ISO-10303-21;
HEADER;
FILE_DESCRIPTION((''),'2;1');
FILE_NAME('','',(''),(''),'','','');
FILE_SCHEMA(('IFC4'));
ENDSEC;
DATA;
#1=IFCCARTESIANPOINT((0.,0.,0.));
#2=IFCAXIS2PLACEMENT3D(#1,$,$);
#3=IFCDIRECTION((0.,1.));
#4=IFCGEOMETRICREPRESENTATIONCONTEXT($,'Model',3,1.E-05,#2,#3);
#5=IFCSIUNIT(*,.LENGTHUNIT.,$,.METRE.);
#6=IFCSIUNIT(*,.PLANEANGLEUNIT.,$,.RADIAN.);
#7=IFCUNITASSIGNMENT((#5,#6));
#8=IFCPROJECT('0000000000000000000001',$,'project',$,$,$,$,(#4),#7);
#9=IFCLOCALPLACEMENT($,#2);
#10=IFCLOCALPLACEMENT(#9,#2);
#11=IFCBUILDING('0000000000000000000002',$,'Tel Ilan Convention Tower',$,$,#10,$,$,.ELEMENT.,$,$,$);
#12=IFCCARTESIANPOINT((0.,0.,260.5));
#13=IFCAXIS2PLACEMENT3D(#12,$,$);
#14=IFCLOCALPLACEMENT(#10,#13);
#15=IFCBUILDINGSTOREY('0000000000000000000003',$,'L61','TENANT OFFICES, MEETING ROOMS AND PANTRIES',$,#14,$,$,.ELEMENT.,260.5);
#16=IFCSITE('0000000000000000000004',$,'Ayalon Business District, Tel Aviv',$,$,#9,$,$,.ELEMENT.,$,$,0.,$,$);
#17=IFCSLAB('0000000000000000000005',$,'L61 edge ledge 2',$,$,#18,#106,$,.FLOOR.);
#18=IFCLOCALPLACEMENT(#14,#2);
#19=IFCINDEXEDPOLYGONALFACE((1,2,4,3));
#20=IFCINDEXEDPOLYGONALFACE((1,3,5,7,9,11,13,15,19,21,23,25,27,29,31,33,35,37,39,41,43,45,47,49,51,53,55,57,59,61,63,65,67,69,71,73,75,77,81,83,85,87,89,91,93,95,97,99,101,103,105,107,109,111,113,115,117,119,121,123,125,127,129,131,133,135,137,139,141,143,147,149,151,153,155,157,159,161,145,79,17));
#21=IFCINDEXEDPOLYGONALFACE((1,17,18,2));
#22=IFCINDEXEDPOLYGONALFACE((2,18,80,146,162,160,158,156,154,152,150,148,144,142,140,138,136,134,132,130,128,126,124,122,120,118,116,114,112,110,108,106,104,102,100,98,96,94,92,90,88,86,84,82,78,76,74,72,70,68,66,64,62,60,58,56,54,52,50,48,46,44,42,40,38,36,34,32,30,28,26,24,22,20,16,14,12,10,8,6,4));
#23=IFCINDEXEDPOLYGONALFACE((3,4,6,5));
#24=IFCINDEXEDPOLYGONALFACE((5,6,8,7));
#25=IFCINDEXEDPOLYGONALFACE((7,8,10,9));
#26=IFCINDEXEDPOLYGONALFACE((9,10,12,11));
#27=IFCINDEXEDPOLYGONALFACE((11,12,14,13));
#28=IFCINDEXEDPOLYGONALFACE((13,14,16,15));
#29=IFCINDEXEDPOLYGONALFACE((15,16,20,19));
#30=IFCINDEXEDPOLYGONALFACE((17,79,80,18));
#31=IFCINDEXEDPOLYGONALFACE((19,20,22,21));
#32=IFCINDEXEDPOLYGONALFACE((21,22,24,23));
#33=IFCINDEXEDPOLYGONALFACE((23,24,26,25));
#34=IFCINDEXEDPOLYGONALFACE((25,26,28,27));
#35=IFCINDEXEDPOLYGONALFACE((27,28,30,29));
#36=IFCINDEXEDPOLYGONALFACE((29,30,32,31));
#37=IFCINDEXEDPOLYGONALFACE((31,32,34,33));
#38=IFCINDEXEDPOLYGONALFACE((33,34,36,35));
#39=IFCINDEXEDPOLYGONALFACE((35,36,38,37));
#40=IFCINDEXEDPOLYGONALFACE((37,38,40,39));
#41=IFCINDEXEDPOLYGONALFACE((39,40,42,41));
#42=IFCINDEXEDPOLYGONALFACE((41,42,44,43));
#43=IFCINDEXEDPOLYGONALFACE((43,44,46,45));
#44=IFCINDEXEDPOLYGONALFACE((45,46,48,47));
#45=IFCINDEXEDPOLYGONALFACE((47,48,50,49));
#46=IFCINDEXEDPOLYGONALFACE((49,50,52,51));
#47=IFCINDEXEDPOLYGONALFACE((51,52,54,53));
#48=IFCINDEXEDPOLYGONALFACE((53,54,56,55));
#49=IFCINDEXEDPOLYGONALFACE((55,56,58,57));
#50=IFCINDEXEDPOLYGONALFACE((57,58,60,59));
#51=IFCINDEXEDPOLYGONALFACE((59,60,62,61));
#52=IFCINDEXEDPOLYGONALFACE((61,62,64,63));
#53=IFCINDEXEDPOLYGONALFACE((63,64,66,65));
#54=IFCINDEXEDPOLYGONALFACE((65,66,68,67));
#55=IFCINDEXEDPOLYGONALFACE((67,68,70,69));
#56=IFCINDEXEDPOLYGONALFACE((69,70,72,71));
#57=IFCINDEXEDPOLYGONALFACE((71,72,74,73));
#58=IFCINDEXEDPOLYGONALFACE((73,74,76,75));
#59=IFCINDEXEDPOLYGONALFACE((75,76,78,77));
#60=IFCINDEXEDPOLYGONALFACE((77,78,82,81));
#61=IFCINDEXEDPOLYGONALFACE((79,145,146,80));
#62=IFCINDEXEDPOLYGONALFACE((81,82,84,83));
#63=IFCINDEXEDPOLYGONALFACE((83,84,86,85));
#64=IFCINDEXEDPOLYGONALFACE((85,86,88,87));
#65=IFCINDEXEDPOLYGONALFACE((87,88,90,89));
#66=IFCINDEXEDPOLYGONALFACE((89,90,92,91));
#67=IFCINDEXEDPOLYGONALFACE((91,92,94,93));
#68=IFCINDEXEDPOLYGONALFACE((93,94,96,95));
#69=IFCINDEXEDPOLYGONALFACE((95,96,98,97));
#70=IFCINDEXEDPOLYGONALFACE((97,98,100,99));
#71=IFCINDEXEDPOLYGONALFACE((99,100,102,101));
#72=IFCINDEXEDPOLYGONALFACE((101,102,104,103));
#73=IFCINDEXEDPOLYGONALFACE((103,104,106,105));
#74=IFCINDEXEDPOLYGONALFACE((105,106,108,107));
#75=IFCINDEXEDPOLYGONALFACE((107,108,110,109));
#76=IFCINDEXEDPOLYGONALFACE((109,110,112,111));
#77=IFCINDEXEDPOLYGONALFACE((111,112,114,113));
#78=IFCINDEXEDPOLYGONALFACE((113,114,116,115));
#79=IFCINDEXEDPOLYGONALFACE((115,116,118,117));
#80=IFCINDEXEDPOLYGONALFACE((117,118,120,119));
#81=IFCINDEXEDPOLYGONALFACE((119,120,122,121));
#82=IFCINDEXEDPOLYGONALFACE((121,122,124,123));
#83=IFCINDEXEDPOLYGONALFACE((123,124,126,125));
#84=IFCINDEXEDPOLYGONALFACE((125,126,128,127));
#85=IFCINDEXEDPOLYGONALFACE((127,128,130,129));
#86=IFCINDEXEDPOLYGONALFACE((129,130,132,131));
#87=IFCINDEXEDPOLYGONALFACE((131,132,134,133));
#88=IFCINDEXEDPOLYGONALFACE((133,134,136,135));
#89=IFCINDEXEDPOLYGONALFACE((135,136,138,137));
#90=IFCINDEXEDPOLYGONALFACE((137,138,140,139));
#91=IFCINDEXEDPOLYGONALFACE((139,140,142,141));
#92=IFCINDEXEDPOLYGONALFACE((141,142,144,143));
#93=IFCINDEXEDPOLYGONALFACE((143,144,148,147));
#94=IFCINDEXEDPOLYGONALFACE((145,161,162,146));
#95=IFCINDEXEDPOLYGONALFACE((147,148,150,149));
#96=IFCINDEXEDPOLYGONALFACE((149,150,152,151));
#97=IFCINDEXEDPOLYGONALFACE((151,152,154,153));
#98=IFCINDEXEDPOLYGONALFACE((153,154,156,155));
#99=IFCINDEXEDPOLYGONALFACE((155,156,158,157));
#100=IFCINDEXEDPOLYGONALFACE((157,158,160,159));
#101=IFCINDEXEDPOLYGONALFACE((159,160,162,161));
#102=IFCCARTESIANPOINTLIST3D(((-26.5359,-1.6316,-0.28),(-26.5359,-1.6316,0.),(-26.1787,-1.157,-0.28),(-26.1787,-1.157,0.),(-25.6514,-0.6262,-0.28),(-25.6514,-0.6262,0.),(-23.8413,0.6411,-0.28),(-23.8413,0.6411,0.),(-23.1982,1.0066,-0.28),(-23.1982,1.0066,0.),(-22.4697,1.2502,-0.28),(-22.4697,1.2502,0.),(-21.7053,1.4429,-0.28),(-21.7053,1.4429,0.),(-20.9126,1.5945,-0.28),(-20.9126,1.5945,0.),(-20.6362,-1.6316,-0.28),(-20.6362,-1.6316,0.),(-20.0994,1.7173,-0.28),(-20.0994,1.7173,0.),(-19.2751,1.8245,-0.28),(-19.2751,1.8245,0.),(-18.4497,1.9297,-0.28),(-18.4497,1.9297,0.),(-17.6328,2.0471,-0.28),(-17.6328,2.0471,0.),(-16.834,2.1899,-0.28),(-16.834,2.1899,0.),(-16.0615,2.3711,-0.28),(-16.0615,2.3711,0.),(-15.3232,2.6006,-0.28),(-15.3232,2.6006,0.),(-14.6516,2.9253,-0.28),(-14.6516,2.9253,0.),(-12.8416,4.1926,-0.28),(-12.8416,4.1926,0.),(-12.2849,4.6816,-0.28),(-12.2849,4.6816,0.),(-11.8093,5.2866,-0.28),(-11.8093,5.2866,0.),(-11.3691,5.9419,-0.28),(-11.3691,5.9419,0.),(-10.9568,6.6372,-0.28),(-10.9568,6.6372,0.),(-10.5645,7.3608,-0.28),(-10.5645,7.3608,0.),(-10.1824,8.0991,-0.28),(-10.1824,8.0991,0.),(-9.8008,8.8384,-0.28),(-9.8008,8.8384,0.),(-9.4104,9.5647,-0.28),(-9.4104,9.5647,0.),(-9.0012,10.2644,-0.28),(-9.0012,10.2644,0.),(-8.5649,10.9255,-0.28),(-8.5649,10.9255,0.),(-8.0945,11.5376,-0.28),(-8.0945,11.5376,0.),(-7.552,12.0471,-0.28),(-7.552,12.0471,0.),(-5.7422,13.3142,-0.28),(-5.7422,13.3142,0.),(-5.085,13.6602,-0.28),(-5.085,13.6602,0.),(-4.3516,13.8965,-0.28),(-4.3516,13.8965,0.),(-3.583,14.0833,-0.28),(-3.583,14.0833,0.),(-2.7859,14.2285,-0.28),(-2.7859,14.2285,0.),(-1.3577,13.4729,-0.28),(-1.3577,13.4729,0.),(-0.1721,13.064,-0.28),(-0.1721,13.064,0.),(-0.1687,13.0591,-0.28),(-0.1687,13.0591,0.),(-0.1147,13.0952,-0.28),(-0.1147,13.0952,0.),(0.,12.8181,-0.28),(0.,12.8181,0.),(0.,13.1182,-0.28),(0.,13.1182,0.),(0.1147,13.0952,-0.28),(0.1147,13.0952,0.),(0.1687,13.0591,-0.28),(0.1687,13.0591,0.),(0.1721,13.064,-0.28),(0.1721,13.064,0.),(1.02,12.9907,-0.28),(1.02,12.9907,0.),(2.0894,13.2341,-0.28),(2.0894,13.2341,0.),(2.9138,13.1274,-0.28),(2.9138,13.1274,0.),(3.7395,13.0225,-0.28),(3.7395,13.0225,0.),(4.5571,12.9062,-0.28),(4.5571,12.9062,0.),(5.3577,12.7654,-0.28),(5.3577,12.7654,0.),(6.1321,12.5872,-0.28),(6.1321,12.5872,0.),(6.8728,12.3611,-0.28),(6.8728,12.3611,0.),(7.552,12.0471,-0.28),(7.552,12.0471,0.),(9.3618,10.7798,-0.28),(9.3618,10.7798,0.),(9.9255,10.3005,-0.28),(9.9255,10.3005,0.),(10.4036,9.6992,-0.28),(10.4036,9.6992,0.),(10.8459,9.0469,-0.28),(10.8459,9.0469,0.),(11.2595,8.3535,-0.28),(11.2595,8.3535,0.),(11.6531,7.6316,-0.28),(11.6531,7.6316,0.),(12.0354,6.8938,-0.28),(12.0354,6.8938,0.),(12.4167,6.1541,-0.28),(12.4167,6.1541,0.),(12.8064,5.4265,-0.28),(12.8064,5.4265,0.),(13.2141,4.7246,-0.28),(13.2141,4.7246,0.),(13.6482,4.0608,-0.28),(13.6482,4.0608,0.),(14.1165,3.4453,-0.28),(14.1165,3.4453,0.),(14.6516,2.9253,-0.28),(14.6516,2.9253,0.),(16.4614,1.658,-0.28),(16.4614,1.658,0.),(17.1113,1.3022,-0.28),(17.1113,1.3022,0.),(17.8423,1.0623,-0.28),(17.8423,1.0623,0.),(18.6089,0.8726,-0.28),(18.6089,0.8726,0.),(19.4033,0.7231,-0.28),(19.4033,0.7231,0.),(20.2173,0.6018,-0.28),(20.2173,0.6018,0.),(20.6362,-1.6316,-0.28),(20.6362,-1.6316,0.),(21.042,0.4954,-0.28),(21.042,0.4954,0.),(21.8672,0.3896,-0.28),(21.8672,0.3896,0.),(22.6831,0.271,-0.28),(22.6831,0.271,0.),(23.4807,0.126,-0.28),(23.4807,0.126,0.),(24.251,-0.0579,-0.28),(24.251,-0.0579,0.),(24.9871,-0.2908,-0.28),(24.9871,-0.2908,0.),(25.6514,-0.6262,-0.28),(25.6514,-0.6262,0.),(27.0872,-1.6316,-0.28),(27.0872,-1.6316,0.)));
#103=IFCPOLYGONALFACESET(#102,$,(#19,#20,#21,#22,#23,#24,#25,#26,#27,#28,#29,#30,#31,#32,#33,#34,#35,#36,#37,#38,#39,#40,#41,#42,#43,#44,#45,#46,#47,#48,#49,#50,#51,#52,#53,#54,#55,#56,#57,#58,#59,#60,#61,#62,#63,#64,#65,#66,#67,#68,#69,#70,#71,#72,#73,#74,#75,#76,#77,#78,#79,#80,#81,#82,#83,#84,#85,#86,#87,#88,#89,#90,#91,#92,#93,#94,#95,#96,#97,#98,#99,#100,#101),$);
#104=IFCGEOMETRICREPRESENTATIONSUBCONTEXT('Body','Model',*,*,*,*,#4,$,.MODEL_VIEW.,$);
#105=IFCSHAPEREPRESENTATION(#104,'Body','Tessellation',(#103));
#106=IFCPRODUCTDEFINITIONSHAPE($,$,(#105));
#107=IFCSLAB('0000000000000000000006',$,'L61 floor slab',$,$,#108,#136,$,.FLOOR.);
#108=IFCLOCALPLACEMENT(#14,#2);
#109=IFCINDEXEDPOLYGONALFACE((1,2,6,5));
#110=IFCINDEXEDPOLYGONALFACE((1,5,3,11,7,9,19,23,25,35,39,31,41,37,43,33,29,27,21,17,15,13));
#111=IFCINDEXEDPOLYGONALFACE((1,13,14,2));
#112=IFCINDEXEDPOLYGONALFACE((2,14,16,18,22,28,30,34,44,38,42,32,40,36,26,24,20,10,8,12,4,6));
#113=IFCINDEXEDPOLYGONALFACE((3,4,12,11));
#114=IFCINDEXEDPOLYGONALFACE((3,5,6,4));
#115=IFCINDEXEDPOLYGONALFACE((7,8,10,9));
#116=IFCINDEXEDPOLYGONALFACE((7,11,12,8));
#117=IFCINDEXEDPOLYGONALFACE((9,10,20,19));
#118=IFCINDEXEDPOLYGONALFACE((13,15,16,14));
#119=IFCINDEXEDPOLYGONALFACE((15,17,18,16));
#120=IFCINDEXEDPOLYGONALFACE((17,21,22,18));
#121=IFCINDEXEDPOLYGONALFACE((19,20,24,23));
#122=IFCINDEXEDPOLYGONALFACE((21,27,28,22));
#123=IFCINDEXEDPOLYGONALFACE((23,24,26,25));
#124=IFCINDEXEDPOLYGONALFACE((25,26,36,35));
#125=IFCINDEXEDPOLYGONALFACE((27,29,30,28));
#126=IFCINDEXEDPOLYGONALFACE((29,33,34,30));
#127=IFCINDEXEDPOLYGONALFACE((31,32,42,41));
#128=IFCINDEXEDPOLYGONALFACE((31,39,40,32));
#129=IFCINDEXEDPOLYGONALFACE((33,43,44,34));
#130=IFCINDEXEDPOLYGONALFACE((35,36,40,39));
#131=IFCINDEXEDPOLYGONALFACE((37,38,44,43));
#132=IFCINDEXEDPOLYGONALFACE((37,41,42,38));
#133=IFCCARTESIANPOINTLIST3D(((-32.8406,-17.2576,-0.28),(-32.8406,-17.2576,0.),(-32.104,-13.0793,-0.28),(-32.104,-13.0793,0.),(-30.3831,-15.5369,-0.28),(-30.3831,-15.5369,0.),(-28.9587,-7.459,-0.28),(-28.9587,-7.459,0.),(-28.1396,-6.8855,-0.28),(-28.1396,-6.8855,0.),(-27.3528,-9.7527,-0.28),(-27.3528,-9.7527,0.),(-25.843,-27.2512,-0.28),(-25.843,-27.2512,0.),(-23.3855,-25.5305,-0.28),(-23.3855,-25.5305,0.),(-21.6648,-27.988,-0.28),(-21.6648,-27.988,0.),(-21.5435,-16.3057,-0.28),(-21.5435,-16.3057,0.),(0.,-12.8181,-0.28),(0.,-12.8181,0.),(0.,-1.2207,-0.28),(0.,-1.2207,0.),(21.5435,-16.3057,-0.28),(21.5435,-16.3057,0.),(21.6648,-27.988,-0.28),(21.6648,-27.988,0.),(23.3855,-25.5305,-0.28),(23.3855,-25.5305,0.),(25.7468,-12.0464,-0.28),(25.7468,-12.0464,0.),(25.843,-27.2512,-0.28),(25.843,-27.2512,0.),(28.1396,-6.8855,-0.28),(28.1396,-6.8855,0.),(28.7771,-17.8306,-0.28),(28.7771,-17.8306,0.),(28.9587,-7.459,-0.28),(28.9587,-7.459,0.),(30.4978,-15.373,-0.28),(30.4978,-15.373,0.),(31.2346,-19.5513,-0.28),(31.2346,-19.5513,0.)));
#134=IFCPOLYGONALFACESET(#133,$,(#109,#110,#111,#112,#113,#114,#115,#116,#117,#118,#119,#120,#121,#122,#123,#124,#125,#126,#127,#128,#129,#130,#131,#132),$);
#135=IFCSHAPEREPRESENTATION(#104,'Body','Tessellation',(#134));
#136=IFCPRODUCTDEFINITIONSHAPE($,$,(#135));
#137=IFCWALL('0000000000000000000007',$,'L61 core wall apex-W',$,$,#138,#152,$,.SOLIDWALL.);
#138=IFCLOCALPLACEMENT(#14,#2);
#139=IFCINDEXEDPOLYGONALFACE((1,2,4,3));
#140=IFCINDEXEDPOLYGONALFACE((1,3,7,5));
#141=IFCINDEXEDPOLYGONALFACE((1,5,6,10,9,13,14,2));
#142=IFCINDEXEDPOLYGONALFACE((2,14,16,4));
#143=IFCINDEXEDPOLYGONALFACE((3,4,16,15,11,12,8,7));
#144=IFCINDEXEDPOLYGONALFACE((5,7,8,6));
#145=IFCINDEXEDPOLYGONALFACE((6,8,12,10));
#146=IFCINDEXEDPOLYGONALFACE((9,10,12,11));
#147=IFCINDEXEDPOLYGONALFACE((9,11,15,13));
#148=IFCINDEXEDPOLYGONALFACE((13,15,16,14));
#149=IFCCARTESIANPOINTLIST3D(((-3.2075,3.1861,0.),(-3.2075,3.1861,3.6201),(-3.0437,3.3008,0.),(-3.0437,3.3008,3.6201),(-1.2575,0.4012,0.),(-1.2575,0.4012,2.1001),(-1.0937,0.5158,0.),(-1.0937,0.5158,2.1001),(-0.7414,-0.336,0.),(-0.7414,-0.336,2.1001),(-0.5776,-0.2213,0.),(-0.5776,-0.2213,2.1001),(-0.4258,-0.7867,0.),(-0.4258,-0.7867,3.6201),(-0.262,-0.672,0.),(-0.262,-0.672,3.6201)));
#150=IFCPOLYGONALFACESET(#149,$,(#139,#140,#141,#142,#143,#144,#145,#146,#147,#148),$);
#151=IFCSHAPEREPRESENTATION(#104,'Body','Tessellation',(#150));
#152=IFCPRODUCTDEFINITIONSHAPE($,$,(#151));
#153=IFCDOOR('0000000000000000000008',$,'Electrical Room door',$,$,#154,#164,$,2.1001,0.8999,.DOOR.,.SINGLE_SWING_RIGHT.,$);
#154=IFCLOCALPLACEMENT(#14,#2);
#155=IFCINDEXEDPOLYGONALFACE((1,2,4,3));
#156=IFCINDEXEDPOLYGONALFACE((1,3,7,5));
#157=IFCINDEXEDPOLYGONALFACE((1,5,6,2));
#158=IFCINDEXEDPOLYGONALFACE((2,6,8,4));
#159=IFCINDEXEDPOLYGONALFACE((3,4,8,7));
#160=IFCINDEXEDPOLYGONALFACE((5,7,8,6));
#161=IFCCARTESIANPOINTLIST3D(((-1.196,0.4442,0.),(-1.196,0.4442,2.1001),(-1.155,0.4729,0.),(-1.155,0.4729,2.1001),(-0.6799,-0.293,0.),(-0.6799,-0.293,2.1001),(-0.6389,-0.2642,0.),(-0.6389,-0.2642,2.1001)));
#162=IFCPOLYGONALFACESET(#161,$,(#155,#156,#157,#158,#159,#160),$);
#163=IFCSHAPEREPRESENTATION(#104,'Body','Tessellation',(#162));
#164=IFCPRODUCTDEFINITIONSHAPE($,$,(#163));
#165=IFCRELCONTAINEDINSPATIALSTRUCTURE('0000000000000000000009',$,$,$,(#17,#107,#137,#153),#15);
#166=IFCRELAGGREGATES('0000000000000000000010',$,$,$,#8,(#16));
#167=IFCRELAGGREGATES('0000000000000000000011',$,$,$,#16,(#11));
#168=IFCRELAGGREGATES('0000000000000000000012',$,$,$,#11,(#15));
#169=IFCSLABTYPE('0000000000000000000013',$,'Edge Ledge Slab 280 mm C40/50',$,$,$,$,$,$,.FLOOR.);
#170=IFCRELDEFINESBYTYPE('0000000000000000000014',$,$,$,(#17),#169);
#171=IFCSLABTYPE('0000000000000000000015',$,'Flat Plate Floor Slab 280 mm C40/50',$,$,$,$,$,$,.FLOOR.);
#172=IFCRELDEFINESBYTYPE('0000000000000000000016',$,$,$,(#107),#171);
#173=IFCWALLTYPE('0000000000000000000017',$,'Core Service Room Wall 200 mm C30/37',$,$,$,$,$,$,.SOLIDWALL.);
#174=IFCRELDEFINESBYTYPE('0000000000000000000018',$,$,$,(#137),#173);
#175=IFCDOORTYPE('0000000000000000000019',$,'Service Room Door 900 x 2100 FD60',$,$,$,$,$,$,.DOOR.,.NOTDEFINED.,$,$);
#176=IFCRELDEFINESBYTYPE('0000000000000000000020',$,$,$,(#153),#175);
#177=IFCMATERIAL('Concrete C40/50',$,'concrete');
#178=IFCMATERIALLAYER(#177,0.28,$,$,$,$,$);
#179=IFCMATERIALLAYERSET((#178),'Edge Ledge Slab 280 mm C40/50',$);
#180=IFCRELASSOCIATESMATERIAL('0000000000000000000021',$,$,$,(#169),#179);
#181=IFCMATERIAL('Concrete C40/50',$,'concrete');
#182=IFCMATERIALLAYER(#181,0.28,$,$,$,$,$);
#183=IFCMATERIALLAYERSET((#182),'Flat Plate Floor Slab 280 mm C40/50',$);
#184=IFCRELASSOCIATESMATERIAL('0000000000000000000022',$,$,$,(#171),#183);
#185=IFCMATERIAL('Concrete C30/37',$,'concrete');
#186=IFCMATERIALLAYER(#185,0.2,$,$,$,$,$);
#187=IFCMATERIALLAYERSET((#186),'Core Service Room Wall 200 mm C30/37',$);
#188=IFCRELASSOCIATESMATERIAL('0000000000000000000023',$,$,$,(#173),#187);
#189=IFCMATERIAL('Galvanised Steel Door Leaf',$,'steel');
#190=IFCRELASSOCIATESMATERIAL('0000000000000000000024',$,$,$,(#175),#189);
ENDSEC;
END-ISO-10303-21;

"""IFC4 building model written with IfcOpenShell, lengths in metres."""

from ifc_helpers import new_model, si_unit, direction, frame, frame_2d, origin, place, context, subcontext, project, spatial, polyline, rectangle, outline, extrude, material, layer, layer_set, type_object, element, fill, save


model = new_model("IFC4")

# Units and contexts
model_context = context("Model", 3, precision=1e-05, world=origin(), true_north=direction((0.0, 1.0)))
body_context = subcontext(model_context, "Body", "Model", "MODEL_VIEW")
ifc_project = project(units=[si_unit("LENGTHUNIT", "METRE"), si_unit("PLANEANGLEUNIT", "RADIAN")], contexts=[model_context])

# Site, building, storey
site_placement = place(None, origin())
site = spatial("IfcSite", under=ifc_project, at=site_placement, Name="Ayalon Business District, Tel Aviv", CompositionType="ELEMENT", RefElevation=0.0)
building_placement = place(site_placement, origin())
building = spatial("IfcBuilding", under=site, at=building_placement, Name="Tel Ilan Convention Tower", CompositionType="ELEMENT")
storey_placement = place(building_placement, frame((0.0, 0.0, 260.5)))
storey = spatial("IfcBuildingStorey", under=building, at=storey_placement, Name="L61", Description="TENANT OFFICES, MEETING ROOMS AND PANTRIES", CompositionType="ELEMENT", Elevation=260.5)

# Slabs
ifc_material_1 = material(Name="Concrete C40/50", Category="concrete")
ifc_layer_1 = layer(ifc_material_1, 0.28)
ifc_layer_set_1 = layer_set([ifc_layer_1], Name="Edge Ledge Slab 280 mm C40/50")
slab_type_1 = type_object("IfcSlabType", Name="Edge Ledge Slab 280 mm C40/50", PredefinedType="FLOOR", material=ifc_layer_set_1)
slab_1_placement = place(storey_placement, frame((0.0, 0.0, -0.28)))
element("IfcSlab", 1, at=slab_1_placement, inside=storey, type_object=slab_type_1, Name="L61 edge ledge 2", PredefinedType="FLOOR", context=body_context, shape_type="SweptSolid", body=[
    extrude(outline(polyline([(-23.1982, 1.0066), (-22.4697, 1.2502), (-21.7053, 1.4429), (-20.9126, 1.5945), (-20.0994, 1.7173), (-19.2751, 1.8245), (-18.4497, 1.9297), (-17.6328, 2.0471), (-16.834, 2.1899), (-16.0615, 2.3711), (-15.3232, 2.6006), (-14.6516, 2.9253), (-12.8416, 4.1926), (-12.2849, 4.6816), (-11.8093, 5.2866), (-11.3691, 5.9419), (-10.9568, 6.6372), (-10.5645, 7.3608), (-10.1824, 8.0991), (-9.8008, 8.8384), (-9.4104, 9.5647), (-9.0012, 10.2644), (-8.5649, 10.9255), (-8.0945, 11.5376), (-7.552, 12.0471), (-5.7422, 13.3142), (-5.085, 13.6602), (-4.3516, 13.8965), (-3.583, 14.0833), (-2.7859, 14.2285), (-1.3577, 13.4729), (-0.1721, 13.064), (-0.1687, 13.0591), (-0.1147, 13.0952), (0.0, 13.1182), (0.1147, 13.0952), (0.1687, 13.0591), (0.1721, 13.064), (1.02, 12.9907), (2.0894, 13.2341), (2.9138, 13.1274), (3.7395, 13.0225), (4.5571, 12.9062), (5.3577, 12.7654), (6.1321, 12.5872), (6.8728, 12.3611), (7.552, 12.0471), (9.3618, 10.7798), (9.9255, 10.3005), (10.4036, 9.6992), (10.8459, 9.0469), (11.2595, 8.3535), (11.6531, 7.6316), (12.0354, 6.8938), (12.4167, 6.1541), (12.8064, 5.4265), (13.2141, 4.7246), (13.6482, 4.0608), (14.1165, 3.4453), (14.6516, 2.9253), (16.4614, 1.658), (17.1113, 1.3022), (17.8423, 1.0623), (18.6089, 0.8726), (19.4033, 0.7231), (20.2173, 0.6018), (21.042, 0.4954), (21.8672, 0.3896), (22.6831, 0.271), (23.4807, 0.126), (24.251, -0.0579), (24.9871, -0.2908), (25.6514, -0.6262), (27.0872, -1.6316), (20.6362, -1.6316), (0.0, 12.8181), (-20.6362, -1.6316), (-26.5359, -1.6316), (-26.1787, -1.157), (-25.6514, -0.6262), (-23.8413, 0.6411), (-23.1982, 1.0066)])), origin(), (0.0, 0.0, 1.0), 0.28),
])
ifc_material_2 = material(Name="Concrete C40/50", Category="concrete")
ifc_layer_2 = layer(ifc_material_2, 0.28)
ifc_layer_set_2 = layer_set([ifc_layer_2], Name="Flat Plate Floor Slab 280 mm C40/50")
slab_type_2 = type_object("IfcSlabType", Name="Flat Plate Floor Slab 280 mm C40/50", PredefinedType="FLOOR", material=ifc_layer_set_2)
slab_2_placement = place(storey_placement, frame((0.0, 0.0, -0.28)))
element("IfcSlab", 2, at=slab_2_placement, inside=storey, type_object=slab_type_2, Name="L61 floor slab", PredefinedType="FLOOR", context=body_context, shape_type="SweptSolid", body=[
    extrude(outline(polyline([(21.5435, -16.3057), (28.1396, -6.8855), (28.9587, -7.459), (25.7468, -12.0464), (30.4978, -15.373), (28.7771, -17.8306), (31.2346, -19.5513), (25.843, -27.2512), (23.3855, -25.5305), (21.6648, -27.988), (0.0, -12.8181), (-21.6648, -27.988), (-23.3855, -25.5305), (-25.843, -27.2512), (-32.8406, -17.2576), (-30.3831, -15.5369), (-32.104, -13.0793), (-27.3528, -9.7527), (-28.9587, -7.459), (-28.1396, -6.8855), (-21.5435, -16.3057), (0.0, -1.2207), (21.5435, -16.3057)])), origin(), (0.0, 0.0, 1.0), 0.28),
])

# Wall, opening, door
ifc_material_3 = material(Name="Concrete C30/37", Category="concrete")
ifc_layer_3 = layer(ifc_material_3, 0.2)
ifc_layer_set_3 = layer_set([ifc_layer_3], Name="Core Service Room Wall 200 mm C30/37")
wall_type_1 = type_object("IfcWallType", Name="Core Service Room Wall 200 mm C30/37", PredefinedType="SOLIDWALL", material=ifc_layer_set_3)
wall_1_placement = place(storey_placement, frame((-0.344, -0.7292, 0.0), z_axis=(0.0, 0.0, 1.0), x_axis=(-0.57356, 0.819163, 0.0)))
wall_1 = element("IfcWall", 3, at=wall_1_placement, inside=storey, type_object=wall_type_1, Name="L61 core wall apex-W", PredefinedType="SOLIDWALL", context=body_context, shape_type="SweptSolid", body=[
    extrude(rectangle(XDim=4.8499, YDim=0.2, at=frame_2d((2.4248, 0.0))), origin(), (0.0, 0.0, 1.0), 3.6201),
])
opening_1_placement = place(wall_1_placement, frame((0.55, 0.0, 0.0)))
opening_1 = element("IfcOpeningElement", 4, at=opening_1_placement, cuts=wall_1, PredefinedType="OPENING", context=body_context, shape_type="SweptSolid", body=[
    extrude(rectangle(XDim=0.8999, YDim=2.1001, at=frame_2d((0.45, 1.05))), frame((0.0, 0.1099, 0.0), z_axis=(0.0, -1.0, 0.0), x_axis=(1.0, 0.0, 0.0)), (0.0, 0.0, 1.0), 0.22),
])
ifc_material_4 = material(Name="Galvanised Steel Door Leaf", Category="steel")
door_type_1 = type_object("IfcDoorType", Name="Service Room Door 900 x 2100 FD60", OperationType="NOTDEFINED", PredefinedType="DOOR", material=ifc_material_4)
door_1_placement = place(opening_1_placement, origin())
door_1 = element("IfcDoor", 5, at=door_1_placement, inside=storey, type_object=door_type_1, Name="Electrical Room door", OperationType="SINGLE_SWING_RIGHT", OverallHeight=2.1001, OverallWidth=0.8999, PredefinedType="DOOR", context=body_context, shape_type="SweptSolid", body=[
    extrude(rectangle(XDim=0.8999, YDim=2.1001, at=frame_2d((0.45, 1.05))), frame((0.0, 0.0249, 0.0), z_axis=(0.0, -1.0, 0.0), x_axis=(1.0, 0.0, 0.0)), (0.0, 0.0, 1.0), 0.05),
])
fill(opening_1, door_1)

save(model, "model.ifc")
